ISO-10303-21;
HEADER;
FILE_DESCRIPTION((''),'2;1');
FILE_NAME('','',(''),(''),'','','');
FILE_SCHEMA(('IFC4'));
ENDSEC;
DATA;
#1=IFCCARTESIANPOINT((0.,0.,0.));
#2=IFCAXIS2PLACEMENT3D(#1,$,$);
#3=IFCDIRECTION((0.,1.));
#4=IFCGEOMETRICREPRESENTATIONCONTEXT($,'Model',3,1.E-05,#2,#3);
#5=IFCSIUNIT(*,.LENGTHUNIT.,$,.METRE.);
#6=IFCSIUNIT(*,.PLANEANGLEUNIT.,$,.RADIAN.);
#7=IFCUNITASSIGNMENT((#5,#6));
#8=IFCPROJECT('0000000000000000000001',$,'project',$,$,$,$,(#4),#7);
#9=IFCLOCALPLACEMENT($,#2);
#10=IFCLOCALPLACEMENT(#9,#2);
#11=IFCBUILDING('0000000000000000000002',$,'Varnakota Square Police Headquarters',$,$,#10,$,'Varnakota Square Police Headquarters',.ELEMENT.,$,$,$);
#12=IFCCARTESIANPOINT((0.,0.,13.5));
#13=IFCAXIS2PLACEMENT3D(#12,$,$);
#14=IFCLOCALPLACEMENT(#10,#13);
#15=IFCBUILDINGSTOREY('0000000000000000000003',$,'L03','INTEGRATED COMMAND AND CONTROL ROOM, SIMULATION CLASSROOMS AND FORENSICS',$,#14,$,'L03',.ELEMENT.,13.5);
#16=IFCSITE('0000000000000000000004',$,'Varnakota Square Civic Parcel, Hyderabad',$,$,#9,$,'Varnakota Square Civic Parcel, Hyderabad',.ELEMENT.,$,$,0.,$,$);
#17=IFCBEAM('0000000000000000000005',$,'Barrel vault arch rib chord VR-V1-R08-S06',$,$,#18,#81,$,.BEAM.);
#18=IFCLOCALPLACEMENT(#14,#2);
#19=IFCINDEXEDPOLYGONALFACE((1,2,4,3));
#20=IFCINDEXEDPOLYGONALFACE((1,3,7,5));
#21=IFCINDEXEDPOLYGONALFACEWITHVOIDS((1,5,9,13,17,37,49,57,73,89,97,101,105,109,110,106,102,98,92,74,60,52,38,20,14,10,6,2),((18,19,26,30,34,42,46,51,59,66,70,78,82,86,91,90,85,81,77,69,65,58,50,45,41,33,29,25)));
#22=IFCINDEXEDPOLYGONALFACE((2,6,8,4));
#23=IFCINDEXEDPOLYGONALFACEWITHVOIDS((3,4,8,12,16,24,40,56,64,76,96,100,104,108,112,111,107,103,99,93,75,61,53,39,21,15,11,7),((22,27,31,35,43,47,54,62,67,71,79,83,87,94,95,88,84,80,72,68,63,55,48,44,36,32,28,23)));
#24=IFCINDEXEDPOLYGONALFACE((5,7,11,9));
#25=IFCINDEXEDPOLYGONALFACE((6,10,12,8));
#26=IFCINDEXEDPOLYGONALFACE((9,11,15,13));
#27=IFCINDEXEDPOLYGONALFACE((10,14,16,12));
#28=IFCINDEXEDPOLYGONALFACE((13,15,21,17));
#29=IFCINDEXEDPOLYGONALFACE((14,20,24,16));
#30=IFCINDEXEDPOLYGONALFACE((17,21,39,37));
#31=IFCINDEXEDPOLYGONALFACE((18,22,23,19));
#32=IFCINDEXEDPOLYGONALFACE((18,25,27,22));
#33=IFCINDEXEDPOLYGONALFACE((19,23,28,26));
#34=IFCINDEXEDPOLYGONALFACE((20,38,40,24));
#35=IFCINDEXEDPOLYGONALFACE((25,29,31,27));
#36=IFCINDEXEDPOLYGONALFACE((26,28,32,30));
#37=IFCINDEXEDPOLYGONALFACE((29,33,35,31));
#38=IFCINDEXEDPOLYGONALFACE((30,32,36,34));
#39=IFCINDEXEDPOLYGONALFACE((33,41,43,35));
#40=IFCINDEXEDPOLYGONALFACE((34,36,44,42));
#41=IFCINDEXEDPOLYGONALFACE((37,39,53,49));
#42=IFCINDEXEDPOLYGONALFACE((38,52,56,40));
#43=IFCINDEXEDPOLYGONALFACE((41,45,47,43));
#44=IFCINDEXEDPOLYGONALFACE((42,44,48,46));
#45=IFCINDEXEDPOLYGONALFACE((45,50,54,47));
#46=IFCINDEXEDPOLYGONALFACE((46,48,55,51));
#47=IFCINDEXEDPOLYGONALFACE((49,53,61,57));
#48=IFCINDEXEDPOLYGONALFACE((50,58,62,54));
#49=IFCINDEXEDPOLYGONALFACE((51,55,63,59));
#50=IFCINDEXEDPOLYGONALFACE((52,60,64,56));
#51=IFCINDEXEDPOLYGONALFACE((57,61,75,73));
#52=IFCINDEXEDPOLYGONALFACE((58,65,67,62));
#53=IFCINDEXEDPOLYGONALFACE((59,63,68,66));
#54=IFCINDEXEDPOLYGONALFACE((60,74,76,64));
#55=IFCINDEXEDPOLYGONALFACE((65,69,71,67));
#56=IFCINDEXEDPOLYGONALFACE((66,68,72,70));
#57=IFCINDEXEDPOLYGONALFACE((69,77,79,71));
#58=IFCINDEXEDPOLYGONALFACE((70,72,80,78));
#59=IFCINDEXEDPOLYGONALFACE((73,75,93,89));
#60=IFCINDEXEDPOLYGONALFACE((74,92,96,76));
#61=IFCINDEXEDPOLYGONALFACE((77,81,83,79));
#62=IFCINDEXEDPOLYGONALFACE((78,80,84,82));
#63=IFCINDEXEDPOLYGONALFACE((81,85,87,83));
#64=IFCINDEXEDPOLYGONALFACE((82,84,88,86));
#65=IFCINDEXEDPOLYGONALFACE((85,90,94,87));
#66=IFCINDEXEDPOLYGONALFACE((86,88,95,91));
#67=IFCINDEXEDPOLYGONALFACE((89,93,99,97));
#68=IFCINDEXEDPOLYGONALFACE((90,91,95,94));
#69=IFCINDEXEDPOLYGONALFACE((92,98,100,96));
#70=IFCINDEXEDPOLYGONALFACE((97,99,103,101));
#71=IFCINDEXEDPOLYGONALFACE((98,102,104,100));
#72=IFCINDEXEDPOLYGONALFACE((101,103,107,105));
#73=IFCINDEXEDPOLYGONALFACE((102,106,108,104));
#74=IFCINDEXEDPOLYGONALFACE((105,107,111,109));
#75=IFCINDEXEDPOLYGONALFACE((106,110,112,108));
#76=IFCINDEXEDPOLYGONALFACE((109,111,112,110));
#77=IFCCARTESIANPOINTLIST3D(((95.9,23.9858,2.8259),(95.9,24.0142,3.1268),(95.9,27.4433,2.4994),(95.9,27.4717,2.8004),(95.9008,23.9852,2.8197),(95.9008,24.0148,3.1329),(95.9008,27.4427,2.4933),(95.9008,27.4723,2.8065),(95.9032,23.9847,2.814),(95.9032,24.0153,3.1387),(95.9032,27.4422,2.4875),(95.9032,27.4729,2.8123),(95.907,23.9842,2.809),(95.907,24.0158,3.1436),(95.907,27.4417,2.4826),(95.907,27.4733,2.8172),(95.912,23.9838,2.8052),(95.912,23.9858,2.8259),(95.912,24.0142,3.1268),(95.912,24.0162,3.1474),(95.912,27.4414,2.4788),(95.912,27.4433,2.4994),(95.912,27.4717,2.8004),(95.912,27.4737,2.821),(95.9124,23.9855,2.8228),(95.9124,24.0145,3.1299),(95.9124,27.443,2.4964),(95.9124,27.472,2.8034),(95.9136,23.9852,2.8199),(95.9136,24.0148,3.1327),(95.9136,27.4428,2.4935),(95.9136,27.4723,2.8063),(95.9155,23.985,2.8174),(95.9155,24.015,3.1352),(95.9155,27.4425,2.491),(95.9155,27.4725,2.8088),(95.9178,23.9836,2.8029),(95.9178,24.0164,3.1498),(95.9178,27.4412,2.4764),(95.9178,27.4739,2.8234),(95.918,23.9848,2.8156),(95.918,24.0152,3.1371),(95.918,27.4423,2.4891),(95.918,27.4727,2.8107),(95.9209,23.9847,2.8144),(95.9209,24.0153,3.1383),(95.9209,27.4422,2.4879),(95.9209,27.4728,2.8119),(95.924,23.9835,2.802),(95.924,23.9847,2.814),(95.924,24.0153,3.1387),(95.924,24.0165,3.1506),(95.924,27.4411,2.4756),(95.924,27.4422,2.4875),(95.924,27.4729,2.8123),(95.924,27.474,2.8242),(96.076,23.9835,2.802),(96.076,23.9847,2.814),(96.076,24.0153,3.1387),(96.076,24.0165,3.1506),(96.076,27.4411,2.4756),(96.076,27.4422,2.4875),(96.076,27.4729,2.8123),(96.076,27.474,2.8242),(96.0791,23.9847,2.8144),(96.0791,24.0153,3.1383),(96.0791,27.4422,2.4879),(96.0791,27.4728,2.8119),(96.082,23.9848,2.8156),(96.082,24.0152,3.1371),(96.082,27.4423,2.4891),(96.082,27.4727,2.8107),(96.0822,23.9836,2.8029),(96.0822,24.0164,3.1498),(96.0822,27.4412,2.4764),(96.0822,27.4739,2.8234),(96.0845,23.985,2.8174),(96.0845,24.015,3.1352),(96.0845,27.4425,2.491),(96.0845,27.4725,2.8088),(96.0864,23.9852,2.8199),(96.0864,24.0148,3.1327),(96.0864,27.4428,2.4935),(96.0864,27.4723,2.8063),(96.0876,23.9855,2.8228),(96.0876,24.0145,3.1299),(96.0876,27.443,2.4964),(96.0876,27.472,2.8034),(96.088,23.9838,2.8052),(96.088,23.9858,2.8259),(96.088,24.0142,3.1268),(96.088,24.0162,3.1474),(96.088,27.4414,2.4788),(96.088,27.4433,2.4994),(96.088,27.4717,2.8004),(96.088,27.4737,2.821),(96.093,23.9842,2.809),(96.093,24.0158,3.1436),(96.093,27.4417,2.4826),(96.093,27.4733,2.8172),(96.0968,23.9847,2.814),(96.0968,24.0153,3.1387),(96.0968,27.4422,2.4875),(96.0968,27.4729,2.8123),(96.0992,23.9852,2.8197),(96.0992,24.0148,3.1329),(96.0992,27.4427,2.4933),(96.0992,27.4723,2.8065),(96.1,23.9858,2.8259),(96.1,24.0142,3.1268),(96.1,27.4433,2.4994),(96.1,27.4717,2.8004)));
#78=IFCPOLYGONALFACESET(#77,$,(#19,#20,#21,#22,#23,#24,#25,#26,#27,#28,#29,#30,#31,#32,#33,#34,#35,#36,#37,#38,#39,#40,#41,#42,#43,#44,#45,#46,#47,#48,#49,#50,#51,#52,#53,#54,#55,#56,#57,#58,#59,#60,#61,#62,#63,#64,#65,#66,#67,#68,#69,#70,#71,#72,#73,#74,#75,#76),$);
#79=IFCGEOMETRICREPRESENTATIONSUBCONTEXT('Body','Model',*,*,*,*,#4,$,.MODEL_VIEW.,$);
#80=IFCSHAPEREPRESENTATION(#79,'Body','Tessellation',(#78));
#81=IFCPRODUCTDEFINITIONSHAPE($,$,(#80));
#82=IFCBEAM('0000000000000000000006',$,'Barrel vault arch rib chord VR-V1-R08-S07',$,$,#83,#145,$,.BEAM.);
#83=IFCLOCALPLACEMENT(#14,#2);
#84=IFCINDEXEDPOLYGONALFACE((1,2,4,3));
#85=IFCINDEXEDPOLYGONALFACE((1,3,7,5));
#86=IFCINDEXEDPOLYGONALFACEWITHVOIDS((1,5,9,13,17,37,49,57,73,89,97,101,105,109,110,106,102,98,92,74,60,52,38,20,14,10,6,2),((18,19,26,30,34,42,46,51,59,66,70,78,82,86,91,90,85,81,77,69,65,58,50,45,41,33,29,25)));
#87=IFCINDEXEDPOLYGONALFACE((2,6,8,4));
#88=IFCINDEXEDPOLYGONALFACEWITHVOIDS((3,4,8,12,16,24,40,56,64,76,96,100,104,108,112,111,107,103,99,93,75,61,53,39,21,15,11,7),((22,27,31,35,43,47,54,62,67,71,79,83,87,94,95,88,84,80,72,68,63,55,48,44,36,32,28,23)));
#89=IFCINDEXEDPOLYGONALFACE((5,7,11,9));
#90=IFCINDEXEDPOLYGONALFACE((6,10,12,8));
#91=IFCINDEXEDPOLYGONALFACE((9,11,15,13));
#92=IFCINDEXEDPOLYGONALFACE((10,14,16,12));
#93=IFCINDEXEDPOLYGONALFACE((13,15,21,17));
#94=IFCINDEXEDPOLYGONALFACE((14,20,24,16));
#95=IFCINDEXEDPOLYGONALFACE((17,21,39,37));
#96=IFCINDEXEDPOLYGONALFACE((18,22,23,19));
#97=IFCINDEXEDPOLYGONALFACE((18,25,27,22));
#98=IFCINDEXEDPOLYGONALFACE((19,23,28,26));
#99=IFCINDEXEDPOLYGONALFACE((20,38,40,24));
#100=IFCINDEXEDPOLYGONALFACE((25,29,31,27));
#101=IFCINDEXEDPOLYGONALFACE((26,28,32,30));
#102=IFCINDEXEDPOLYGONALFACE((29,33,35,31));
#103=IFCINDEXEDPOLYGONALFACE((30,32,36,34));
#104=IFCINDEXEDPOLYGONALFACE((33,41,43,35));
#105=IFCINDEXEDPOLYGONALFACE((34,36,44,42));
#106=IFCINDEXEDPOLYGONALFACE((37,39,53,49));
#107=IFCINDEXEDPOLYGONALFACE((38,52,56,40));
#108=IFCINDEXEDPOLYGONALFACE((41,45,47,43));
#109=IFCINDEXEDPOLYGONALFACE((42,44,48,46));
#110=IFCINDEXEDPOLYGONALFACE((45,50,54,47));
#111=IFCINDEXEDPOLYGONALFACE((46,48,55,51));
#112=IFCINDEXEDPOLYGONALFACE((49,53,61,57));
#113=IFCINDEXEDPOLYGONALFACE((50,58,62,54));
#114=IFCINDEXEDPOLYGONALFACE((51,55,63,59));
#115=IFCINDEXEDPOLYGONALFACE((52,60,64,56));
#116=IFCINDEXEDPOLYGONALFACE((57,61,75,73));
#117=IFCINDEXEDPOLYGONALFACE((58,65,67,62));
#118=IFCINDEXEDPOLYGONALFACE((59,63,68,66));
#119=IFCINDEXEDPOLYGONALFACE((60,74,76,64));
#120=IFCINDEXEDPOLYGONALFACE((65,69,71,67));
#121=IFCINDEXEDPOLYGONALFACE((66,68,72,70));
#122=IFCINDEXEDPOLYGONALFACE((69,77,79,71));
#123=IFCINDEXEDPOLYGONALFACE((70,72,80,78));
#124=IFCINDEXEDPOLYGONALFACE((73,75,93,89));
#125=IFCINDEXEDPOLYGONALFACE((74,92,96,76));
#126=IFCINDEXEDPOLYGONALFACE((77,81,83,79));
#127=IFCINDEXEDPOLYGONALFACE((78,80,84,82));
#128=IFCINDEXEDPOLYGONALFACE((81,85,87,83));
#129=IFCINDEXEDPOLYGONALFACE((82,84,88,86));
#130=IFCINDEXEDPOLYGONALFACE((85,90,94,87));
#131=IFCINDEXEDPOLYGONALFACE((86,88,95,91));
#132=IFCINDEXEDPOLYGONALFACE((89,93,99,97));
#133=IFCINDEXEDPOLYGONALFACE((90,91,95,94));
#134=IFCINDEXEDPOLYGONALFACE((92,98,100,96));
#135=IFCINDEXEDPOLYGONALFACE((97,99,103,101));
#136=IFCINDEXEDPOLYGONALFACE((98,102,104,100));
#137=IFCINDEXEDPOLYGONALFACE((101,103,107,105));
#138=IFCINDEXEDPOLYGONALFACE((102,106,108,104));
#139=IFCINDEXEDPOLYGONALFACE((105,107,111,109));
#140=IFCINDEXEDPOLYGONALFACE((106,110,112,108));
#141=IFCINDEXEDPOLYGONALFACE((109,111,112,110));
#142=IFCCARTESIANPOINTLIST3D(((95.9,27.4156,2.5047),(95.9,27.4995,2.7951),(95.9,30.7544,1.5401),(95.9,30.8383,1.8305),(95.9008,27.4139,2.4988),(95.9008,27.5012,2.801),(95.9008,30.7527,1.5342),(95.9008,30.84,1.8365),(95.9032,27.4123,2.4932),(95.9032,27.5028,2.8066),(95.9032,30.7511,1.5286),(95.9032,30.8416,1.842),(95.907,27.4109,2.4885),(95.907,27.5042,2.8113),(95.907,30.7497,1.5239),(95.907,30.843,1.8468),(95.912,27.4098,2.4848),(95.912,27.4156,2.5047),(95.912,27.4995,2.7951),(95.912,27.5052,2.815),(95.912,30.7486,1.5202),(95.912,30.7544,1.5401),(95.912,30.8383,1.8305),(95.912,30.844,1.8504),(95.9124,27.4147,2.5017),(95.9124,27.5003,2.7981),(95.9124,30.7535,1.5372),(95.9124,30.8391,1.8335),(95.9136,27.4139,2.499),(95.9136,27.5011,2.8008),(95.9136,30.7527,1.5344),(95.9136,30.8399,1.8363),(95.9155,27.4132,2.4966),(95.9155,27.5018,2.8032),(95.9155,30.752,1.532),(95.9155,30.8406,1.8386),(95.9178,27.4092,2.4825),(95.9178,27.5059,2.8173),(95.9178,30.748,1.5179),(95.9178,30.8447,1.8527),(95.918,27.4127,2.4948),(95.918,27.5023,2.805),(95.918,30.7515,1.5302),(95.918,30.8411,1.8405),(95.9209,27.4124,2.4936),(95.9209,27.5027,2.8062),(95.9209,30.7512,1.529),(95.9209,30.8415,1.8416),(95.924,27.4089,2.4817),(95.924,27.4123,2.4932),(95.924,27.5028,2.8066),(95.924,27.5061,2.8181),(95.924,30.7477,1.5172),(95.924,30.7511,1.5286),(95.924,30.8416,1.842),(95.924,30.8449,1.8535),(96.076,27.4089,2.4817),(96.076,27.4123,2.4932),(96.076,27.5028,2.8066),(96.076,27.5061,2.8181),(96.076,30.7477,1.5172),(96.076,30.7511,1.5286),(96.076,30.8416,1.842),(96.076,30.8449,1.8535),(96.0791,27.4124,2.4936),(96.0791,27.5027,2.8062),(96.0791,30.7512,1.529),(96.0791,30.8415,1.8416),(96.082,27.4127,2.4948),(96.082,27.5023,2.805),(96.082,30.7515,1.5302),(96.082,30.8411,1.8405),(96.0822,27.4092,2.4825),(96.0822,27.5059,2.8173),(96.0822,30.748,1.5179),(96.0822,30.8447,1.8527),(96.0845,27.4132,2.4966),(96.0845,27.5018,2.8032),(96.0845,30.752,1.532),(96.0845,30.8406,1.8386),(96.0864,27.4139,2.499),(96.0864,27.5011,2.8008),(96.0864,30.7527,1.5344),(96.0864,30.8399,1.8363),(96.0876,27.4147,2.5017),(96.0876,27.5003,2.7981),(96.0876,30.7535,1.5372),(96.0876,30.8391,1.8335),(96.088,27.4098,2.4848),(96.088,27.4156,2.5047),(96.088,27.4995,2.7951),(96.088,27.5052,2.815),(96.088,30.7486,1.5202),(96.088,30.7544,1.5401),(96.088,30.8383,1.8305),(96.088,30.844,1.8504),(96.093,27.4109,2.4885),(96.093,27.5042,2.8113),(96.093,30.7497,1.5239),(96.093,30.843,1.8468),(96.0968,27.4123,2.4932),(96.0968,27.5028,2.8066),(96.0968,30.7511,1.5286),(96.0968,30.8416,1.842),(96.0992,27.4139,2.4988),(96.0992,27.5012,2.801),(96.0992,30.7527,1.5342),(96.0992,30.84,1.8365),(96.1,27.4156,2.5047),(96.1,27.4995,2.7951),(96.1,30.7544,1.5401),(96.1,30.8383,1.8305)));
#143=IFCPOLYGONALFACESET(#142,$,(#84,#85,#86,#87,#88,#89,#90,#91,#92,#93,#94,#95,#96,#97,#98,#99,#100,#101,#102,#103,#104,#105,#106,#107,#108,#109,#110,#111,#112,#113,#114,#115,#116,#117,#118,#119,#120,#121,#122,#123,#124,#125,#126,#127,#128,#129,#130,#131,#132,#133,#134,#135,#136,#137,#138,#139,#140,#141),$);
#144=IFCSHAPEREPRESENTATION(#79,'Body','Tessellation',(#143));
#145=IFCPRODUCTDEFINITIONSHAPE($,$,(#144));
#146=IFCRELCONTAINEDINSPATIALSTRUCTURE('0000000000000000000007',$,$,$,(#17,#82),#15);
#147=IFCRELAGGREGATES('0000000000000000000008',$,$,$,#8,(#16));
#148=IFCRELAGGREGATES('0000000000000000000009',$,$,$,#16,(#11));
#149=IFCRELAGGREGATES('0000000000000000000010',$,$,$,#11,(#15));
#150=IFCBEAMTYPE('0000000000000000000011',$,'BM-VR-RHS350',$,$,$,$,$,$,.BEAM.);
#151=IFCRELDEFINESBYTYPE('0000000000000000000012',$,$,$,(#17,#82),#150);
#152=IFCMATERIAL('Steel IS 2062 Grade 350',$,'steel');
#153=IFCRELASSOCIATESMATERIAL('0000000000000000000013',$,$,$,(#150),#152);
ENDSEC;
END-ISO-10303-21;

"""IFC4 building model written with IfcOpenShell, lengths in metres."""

from ifc_helpers import new_model, si_unit, direction, frame, origin, origin_2d, place, context, subcontext, project, spatial, hollow_rectangle, extrude, material, material_profile, profile_set, type_object, element, save


model = new_model("IFC4")

# Units and contexts
model_context = context("Model", 3, precision=1e-05, world=origin(), true_north=direction((0.0, 1.0)))
body_context = subcontext(model_context, "Body", "Model", "MODEL_VIEW")
ifc_project = project(units=[si_unit("LENGTHUNIT", "METRE"), si_unit("PLANEANGLEUNIT", "RADIAN")], contexts=[model_context])

# Site, building, storey
site_placement = place(None, origin())
site = spatial("IfcSite", under=ifc_project, at=site_placement, Name="Varnakota Square Civic Parcel, Hyderabad", LongName="Varnakota Square Civic Parcel, Hyderabad", CompositionType="ELEMENT", RefElevation=0.0)
building_placement = place(site_placement, origin())
building = spatial("IfcBuilding", under=site, at=building_placement, Name="Varnakota Square Police Headquarters", LongName="Varnakota Square Police Headquarters", CompositionType="ELEMENT")
storey_placement = place(building_placement, frame((0.0, 0.0, 13.5)))
storey = spatial("IfcBuildingStorey", under=building, at=storey_placement, Name="L03", Description="INTEGRATED COMMAND AND CONTROL ROOM, SIMULATION CLASSROOMS AND FORENSICS", LongName="L03", CompositionType="ELEMENT", Elevation=13.5)

# Beams
ifc_material_1 = material(Name="Steel IS 2062 Grade 350", Category="steel")
ifc_material_profile_1 = material_profile(ifc_material_1, hollow_rectangle(XDim=0.2, YDim=0.3501, WallThickness=0.012, InnerFilletRadius=0.012, OuterFilletRadius=0.0239, at=origin_2d()), Name="RHS 350x200x12")
ifc_profile_set_1 = profile_set([ifc_material_profile_1], Name="Steel IS 2062 Grade 350")
beam_type = type_object("IfcBeamType", Name="BM-VR-RHS350", PredefinedType="BEAM", material=ifc_profile_set_1)
for number, where, z_axis, x_axis, name in (
    (1, (96.0, 24.0, 2.9763), (0.0, 0.995573, -0.09399), (-1.0, 0.0, 0.0), "Barrel vault arch rib chord VR-V1-R08-S06"),
):
    element("IfcBeam", number, at=place(storey_placement, frame(where, z_axis=z_axis, x_axis=x_axis)), inside=storey, type_object=beam_type, Name=name, PredefinedType="BEAM", context=body_context, shape_type="SweptSolid", body=[
        extrude(hollow_rectangle(XDim=0.2, YDim=0.3501, WallThickness=0.012, InnerFilletRadius=0.012, OuterFilletRadius=0.0239, at=origin_2d()), origin(), (0.0, 0.0, 1.0), 3.4729),
    ])
beam_1_placement = place(storey_placement, frame((96.0, 27.4575, 2.6499), z_axis=(0.0, 0.960711, -0.27755), x_axis=(-1.0, 0.0, 0.0)))
element("IfcBeam", 2, at=beam_1_placement, inside=storey, type_object=beam_type, Name="Barrel vault arch rib chord VR-V1-R08-S07", PredefinedType="BEAM", context=body_context, shape_type="SweptSolid", body=[
    extrude(hollow_rectangle(XDim=0.2, YDim=0.3501, WallThickness=0.012, InnerFilletRadius=0.012, OuterFilletRadius=0.0239, at=origin_2d()), origin(), (0.0, 0.0, 1.0), 3.4753),
])

save(model, "model.ifc")
